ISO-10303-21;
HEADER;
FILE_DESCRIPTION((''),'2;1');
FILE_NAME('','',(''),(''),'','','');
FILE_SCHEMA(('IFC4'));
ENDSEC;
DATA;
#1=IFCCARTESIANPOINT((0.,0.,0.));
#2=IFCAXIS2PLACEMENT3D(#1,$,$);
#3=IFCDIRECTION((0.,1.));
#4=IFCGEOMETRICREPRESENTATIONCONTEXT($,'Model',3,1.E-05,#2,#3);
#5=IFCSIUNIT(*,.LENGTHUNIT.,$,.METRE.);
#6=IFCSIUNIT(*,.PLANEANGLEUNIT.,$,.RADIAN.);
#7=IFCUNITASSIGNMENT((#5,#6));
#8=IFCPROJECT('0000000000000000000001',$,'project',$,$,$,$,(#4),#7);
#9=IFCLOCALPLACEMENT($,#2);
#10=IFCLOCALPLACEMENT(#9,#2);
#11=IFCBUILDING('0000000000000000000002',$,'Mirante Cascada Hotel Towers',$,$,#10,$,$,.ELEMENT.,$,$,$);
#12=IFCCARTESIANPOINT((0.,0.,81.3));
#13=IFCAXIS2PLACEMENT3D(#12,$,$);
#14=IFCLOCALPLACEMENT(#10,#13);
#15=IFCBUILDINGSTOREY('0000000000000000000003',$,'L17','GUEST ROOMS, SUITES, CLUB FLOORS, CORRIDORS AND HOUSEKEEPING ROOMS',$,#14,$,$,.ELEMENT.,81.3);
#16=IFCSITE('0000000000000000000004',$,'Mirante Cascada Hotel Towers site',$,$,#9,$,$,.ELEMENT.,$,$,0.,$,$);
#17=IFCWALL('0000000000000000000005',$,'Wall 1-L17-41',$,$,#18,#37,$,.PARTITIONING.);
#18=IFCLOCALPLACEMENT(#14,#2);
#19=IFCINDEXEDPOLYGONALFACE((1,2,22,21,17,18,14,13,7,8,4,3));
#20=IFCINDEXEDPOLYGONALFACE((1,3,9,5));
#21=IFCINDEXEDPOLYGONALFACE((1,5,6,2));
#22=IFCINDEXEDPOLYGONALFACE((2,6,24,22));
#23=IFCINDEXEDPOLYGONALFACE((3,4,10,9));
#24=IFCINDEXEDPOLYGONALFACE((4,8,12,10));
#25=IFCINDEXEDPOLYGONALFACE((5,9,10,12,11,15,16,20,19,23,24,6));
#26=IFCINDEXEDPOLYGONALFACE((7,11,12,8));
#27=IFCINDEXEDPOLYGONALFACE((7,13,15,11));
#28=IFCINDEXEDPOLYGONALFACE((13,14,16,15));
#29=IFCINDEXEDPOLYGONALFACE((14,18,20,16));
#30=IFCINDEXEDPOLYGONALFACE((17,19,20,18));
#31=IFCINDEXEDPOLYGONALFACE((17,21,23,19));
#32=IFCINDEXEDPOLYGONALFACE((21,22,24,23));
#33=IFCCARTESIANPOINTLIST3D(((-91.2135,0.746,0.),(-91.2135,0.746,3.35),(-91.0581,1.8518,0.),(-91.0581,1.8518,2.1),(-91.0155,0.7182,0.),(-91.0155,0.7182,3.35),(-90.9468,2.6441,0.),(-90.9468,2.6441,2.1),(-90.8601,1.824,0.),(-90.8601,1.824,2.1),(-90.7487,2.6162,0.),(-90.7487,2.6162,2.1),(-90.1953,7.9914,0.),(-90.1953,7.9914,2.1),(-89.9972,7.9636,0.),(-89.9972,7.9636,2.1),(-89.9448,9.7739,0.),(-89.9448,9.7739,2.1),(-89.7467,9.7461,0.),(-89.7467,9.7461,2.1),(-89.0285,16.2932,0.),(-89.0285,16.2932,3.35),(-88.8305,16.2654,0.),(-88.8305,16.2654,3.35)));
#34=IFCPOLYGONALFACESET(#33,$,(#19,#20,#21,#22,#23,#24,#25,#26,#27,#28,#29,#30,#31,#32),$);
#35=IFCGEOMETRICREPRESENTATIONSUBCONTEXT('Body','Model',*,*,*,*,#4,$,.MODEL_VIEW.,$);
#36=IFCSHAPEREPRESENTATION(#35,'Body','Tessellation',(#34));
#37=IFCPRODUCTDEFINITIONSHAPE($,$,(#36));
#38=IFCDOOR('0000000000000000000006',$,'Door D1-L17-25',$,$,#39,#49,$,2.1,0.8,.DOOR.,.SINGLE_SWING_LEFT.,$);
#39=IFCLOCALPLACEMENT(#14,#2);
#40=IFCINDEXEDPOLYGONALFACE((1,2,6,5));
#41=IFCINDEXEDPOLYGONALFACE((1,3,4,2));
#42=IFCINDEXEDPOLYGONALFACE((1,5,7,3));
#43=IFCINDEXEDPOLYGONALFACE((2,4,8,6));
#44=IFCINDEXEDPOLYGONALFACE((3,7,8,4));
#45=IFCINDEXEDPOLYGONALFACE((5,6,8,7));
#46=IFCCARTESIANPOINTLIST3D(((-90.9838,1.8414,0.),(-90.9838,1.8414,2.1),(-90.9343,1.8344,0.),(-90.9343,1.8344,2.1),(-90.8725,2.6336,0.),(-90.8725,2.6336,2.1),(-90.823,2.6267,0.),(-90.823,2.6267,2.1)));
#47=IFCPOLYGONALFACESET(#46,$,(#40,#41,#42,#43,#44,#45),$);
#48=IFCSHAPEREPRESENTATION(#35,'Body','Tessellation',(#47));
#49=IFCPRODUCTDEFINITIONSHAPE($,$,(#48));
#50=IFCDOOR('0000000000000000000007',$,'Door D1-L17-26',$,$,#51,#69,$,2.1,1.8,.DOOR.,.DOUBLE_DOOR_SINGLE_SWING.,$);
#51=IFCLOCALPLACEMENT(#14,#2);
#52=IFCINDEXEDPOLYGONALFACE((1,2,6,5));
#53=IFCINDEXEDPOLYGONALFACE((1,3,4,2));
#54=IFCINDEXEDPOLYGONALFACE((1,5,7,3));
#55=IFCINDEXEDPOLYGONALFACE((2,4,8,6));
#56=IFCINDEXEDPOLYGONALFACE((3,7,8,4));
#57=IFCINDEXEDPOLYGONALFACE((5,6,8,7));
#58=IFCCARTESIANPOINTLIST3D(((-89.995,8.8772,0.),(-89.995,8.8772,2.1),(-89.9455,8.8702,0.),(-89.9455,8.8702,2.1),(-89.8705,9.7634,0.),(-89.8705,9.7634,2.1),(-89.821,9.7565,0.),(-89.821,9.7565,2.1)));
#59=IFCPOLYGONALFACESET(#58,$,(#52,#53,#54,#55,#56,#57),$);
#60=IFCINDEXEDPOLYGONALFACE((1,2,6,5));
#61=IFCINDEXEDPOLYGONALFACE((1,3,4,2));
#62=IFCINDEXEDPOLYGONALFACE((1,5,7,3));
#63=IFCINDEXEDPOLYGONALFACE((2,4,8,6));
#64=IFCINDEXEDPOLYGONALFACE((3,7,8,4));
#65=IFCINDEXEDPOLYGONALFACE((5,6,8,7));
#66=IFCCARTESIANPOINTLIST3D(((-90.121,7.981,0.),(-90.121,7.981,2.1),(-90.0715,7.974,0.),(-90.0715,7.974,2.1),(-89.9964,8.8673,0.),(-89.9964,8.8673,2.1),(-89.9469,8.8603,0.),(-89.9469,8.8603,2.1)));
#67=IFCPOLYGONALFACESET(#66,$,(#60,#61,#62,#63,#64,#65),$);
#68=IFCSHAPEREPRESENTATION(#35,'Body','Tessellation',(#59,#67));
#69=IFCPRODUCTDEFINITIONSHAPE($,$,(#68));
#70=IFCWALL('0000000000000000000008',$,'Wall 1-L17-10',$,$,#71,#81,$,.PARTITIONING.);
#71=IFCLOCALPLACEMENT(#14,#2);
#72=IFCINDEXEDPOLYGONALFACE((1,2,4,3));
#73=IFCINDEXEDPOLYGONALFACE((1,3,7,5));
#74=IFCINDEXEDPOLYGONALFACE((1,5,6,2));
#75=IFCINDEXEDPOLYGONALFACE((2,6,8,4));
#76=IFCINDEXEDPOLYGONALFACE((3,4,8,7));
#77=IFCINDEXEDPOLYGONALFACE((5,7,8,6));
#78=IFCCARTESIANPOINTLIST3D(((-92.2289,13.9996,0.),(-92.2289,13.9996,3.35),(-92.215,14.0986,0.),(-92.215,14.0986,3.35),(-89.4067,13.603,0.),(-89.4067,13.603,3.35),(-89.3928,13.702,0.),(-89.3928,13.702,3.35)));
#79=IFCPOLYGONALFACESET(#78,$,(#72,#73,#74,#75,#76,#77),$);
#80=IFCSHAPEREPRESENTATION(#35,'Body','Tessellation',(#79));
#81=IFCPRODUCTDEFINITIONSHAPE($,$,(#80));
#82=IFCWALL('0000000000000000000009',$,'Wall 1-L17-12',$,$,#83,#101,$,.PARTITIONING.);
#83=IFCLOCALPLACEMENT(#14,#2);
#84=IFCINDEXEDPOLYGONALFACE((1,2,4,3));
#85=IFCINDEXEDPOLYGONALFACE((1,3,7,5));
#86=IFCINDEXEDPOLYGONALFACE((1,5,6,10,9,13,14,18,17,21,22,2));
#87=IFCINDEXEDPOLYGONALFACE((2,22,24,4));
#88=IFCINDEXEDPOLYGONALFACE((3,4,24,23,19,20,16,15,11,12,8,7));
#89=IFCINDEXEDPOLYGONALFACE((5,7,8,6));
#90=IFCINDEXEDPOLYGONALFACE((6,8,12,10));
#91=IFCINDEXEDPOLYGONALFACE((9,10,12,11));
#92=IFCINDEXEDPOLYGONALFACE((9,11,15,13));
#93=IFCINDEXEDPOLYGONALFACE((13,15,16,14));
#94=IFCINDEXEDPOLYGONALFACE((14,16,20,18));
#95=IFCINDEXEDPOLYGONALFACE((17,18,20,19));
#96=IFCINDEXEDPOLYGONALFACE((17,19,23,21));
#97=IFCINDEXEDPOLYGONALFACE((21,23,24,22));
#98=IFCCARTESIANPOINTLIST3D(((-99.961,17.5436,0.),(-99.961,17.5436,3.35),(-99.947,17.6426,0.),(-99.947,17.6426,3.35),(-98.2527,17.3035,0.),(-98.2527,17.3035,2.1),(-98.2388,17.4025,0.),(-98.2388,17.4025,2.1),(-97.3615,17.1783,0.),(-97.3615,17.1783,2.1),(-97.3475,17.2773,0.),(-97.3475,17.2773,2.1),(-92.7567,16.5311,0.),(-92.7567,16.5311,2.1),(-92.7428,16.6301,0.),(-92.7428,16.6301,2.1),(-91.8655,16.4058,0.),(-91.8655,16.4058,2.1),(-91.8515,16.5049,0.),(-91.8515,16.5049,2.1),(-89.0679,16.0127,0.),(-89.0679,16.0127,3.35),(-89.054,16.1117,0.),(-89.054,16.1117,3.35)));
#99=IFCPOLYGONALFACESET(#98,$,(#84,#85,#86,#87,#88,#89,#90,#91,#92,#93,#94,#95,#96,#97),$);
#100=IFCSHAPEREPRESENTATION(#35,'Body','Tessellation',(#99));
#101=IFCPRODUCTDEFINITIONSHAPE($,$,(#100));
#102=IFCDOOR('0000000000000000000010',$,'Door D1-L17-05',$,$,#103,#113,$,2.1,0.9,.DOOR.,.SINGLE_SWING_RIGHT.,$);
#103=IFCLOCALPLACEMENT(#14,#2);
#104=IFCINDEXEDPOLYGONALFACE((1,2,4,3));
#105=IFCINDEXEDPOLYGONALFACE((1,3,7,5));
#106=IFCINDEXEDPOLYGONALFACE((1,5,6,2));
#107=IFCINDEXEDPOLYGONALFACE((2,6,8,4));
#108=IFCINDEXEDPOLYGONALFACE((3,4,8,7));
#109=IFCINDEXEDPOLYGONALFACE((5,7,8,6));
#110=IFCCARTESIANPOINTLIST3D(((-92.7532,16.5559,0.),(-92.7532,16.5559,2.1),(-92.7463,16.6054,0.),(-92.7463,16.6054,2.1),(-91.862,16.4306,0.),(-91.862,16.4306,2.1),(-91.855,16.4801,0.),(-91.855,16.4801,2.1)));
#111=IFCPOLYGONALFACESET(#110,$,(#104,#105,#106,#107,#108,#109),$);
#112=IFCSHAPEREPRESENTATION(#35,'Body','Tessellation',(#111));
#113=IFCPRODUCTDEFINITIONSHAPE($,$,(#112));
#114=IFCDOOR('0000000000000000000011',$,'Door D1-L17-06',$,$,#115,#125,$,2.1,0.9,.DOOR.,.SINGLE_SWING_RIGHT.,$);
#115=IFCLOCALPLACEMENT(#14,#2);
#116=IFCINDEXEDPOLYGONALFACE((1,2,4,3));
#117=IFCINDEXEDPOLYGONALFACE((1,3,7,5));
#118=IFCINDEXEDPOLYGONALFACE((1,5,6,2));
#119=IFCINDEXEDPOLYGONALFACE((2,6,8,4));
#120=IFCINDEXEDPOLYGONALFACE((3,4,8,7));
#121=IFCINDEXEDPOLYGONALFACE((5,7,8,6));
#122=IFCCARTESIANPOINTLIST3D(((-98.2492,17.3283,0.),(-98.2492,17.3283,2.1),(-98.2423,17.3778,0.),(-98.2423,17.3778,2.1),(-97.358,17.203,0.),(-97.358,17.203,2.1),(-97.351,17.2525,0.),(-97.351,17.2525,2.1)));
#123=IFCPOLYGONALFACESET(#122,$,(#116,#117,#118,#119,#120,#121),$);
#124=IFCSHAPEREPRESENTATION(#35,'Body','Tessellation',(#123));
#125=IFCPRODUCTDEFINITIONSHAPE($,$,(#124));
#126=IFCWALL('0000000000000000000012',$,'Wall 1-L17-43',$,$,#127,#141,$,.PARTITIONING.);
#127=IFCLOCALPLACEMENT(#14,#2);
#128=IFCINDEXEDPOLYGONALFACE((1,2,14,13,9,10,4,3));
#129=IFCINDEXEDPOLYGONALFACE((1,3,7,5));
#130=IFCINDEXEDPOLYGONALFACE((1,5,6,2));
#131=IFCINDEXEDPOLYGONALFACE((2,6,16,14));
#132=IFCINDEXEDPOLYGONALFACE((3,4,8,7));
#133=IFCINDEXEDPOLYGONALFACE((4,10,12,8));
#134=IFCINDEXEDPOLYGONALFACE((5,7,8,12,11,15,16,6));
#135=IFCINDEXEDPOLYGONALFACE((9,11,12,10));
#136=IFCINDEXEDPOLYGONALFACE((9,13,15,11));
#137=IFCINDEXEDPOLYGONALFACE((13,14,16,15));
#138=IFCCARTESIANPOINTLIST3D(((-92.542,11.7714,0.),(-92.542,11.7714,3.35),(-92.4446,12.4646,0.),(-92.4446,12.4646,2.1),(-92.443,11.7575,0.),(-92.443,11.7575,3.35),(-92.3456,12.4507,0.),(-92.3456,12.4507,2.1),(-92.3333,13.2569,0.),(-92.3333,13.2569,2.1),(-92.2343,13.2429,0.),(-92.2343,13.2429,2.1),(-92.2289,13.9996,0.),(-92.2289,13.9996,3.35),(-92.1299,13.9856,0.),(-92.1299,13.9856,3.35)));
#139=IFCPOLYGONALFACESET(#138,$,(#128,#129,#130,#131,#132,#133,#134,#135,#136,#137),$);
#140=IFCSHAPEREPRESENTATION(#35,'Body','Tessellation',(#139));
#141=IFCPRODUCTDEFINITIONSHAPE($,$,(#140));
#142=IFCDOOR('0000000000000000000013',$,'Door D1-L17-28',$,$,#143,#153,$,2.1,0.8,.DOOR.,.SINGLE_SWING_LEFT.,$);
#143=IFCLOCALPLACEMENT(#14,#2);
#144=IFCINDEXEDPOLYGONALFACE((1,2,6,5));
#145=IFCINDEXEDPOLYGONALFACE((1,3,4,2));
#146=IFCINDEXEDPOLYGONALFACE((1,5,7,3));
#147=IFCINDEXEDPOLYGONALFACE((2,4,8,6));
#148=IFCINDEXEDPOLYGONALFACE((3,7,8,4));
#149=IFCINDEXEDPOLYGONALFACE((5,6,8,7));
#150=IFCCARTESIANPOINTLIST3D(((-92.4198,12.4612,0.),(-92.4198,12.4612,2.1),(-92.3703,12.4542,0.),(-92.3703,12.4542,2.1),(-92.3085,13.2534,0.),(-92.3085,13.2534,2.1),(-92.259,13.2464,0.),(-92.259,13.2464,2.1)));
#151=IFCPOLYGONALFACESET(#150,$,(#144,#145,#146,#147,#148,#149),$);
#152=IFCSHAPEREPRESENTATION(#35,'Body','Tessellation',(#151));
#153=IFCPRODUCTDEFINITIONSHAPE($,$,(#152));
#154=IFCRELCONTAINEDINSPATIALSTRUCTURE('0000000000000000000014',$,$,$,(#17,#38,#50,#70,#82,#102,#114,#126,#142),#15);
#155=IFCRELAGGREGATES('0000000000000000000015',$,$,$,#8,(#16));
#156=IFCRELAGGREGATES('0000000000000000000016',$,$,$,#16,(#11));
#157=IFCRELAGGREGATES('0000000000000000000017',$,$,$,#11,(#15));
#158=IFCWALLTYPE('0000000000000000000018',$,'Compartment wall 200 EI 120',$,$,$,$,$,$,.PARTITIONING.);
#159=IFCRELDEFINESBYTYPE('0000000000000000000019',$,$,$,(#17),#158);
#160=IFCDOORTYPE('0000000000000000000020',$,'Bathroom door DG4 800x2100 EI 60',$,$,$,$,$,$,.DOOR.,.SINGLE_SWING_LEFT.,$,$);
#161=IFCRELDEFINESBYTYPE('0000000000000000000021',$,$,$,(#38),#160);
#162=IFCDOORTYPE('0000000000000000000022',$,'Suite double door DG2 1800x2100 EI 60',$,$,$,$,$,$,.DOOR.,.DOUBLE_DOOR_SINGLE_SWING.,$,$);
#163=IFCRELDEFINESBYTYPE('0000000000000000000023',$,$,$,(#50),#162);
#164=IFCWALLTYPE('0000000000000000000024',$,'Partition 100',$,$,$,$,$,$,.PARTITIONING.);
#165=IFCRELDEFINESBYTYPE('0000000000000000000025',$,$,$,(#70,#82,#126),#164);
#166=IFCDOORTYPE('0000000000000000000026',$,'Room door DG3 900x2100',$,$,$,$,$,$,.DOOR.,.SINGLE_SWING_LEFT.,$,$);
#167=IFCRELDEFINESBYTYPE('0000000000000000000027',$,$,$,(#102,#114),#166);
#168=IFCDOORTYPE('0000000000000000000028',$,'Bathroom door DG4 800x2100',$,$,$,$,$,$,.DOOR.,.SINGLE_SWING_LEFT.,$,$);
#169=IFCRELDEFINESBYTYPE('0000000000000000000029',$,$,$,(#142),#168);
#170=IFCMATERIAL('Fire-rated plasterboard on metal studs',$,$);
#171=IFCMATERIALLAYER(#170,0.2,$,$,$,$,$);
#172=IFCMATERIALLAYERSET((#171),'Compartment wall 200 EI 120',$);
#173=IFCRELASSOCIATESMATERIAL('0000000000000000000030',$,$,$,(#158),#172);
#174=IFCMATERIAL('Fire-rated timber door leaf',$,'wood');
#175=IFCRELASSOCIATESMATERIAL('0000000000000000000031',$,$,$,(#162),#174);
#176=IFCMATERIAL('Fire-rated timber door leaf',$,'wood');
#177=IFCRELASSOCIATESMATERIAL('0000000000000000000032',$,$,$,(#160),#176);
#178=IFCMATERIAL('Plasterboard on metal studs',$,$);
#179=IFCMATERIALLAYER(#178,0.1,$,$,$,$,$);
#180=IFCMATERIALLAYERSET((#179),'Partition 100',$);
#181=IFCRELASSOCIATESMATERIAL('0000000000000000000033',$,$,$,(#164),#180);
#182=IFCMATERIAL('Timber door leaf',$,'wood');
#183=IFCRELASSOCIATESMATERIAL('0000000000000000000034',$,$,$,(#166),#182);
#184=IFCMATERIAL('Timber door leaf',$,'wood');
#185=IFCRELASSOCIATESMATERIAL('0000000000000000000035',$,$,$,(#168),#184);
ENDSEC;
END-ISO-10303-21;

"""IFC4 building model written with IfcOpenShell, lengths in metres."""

from ifc_helpers import new_model, si_unit, direction, frame, frame_2d, origin, place, context, subcontext, project, spatial, rectangle, extrude, material, layer, layer_set, type_object, element, fill, save


model = new_model("IFC4")

# Units and contexts
model_context = context("Model", 3, precision=1e-05, world=origin(), true_north=direction((0.0, 1.0)))
body_context = subcontext(model_context, "Body", "Model", "MODEL_VIEW")
ifc_project = project(units=[si_unit("LENGTHUNIT", "METRE"), si_unit("PLANEANGLEUNIT", "RADIAN")], contexts=[model_context])

# Site, building, storey
site_placement = place(None, origin())
site = spatial("IfcSite", under=ifc_project, at=site_placement, Name="Mirante Cascada Hotel Towers site", CompositionType="ELEMENT", RefElevation=0.0)
building_placement = place(site_placement, origin())
building = spatial("IfcBuilding", under=site, at=building_placement, Name="Mirante Cascada Hotel Towers", CompositionType="ELEMENT")
storey_placement = place(building_placement, frame((0.0, 0.0, 81.3)))
storey = spatial("IfcBuildingStorey", under=building, at=storey_placement, Name="L17", Description="GUEST ROOMS, SUITES, CLUB FLOORS, CORRIDORS AND HOUSEKEEPING ROOMS", CompositionType="ELEMENT", Elevation=81.3)

# Wall, openings, doors
ifc_material_1 = material(Name="Fire-rated plasterboard on metal studs")
ifc_layer_1 = layer(ifc_material_1, 0.2)
ifc_layer_set_1 = layer_set([ifc_layer_1], Name="Compartment wall 200 EI 120")
wall_type_1 = type_object("IfcWallType", Name="Compartment wall 200 EI 120", PredefinedType="PARTITIONING", material=ifc_layer_set_1)
ifc_material_2 = material(Name="Fire-rated timber door leaf", Category="wood")
door_type_1 = type_object("IfcDoorType", Name="Suite double door DG2 1800x2100 EI 60", OperationType="DOUBLE_DOOR_SINGLE_SWING", PredefinedType="DOOR", material=ifc_material_2)
wall_1_placement = place(storey_placement, frame((-88.9295, 16.2793, 0.0), z_axis=(0.0, 0.0, 1.0), x_axis=(-0.139172, -0.990268, 0.0)))
wall_1 = element("IfcWall", 1, at=wall_1_placement, inside=storey, type_object=wall_type_1, Name="Wall 1-L17-41", PredefinedType="PARTITIONING", context=body_context, shape_type="SweptSolid", body=[
    extrude(rectangle(XDim=15.7, YDim=0.2, at=frame_2d((7.85, 0.0))), origin(), (0.0, 0.0, 1.0), 3.35),
])
opening_1_placement = place(wall_1_placement, frame((13.7833, 0.0, 0.0)))
opening_1 = element("IfcOpeningElement", 2, at=opening_1_placement, cuts=wall_1, PredefinedType="OPENING", context=body_context, shape_type="SweptSolid", body=[
    extrude(rectangle(XDim=0.8, YDim=2.1, at=frame_2d((0.4, 1.05))), frame((0.0, 0.1, 0.0), z_axis=(0.0, -1.0, 0.0), x_axis=(1.0, 0.0, 0.0)), (0.0, 0.0, 1.0), 0.2),
])
opening_2_placement = place(wall_1_placement, frame((6.5834, 0.0, 0.0)))
opening_2 = element("IfcOpeningElement", 3, at=opening_2_placement, cuts=wall_1, PredefinedType="OPENING", context=body_context, shape_type="SweptSolid", body=[
    extrude(rectangle(XDim=1.8, YDim=2.1, at=frame_2d((0.9, 1.05))), frame((0.0, 0.1, 0.0), z_axis=(0.0, -1.0, 0.0), x_axis=(1.0, 0.0, 0.0)), (0.0, 0.0, 1.0), 0.2),
])
ifc_material_3 = material(Name="Fire-rated timber door leaf", Category="wood")
door_type_2 = type_object("IfcDoorType", Name="Bathroom door DG4 800x2100 EI 60", OperationType="SINGLE_SWING_LEFT", PredefinedType="DOOR", material=ifc_material_3)
door_1_placement = place(opening_1_placement, origin())
door_1 = element("IfcDoor", 4, at=door_1_placement, inside=storey, type_object=door_type_2, Name="Door D1-L17-25", OperationType="SINGLE_SWING_LEFT", OverallHeight=2.1, OverallWidth=0.8, PredefinedType="DOOR", context=body_context, shape_type="SweptSolid", body=[
    extrude(rectangle(XDim=0.8, YDim=2.1, at=frame_2d((0.4, 1.05))), frame((0.0, 0.025, 0.0), z_axis=(0.0, -1.0, 0.0), x_axis=(1.0, 0.0, 0.0)), (0.0, 0.0, 1.0), 0.05),
])
fill(opening_1, door_1)
door_2_placement = place(opening_2_placement, origin())
door_2 = element("IfcDoor", 5, at=door_2_placement, inside=storey, type_object=door_type_1, Name="Door D1-L17-26", OperationType="DOUBLE_DOOR_SINGLE_SWING", OverallHeight=2.1, OverallWidth=1.8, PredefinedType="DOOR", context=body_context, shape_type="SweptSolid", body=[
    extrude(rectangle(XDim=0.895, YDim=2.1, at=frame_2d((0.4475, 1.05))), frame((0.0, 0.025, 0.0), z_axis=(0.0, -1.0, 0.0), x_axis=(1.0, 0.0, 0.0)), (0.0, 0.0, 1.0), 0.05),
    extrude(rectangle(XDim=0.895, YDim=2.1, at=frame_2d((1.3525, 1.05))), frame((0.0, 0.025, 0.0), z_axis=(0.0, -1.0, 0.0), x_axis=(1.0, 0.0, 0.0)), (0.0, 0.0, 1.0), 0.05),
])
fill(opening_2, door_2)

# Wall
ifc_material_4 = material(Name="Plasterboard on metal studs")
ifc_layer_2 = layer(ifc_material_4, 0.1)
ifc_layer_set_2 = layer_set([ifc_layer_2], Name="Partition 100")
wall_type_2 = type_object("IfcWallType", Name="Partition 100", PredefinedType="PARTITIONING", material=ifc_layer_set_2)
wall_2_placement = place(storey_placement, frame((-89.3997, 13.6525, 0.0), z_axis=(0.0, 0.0, 1.0), x_axis=(-0.99027, 0.139161, 0.0)))
element("IfcWall", 6, at=wall_2_placement, inside=storey, type_object=wall_type_2, Name="Wall 1-L17-10", PredefinedType="PARTITIONING", context=body_context, shape_type="SweptSolid", body=[
    extrude(rectangle(XDim=2.8499, YDim=0.1, at=frame_2d((1.425, 0.0))), origin(), (0.0, 0.0, 1.0), 3.35),
])

# Wall, openings, doors
wall_3_placement = place(storey_placement, frame((-89.061, 16.0622, 0.0), z_axis=(0.0, 0.0, 1.0), x_axis=(-0.990268, 0.139172, 0.0)))
wall_3 = element("IfcWall", 7, at=wall_3_placement, inside=storey, type_object=wall_type_2, Name="Wall 1-L17-12", PredefinedType="PARTITIONING", context=body_context, shape_type="SweptSolid", body=[
    extrude(rectangle(XDim=11.0001, YDim=0.1, at=frame_2d((5.5, 0.0))), origin(), (0.0, 0.0, 1.0), 3.35),
])
opening_3_placement = place(wall_3_placement, frame((2.825, 0.0, 0.0)))
opening_3 = element("IfcOpeningElement", 8, at=opening_3_placement, cuts=wall_3, PredefinedType="OPENING", context=body_context, shape_type="SweptSolid", body=[
    extrude(rectangle(XDim=0.9, YDim=2.1, at=frame_2d((0.45, 1.05))), frame((0.0, 0.05, 0.0), z_axis=(0.0, -1.0, 0.0), x_axis=(1.0, 0.0, 0.0)), (0.0, 0.0, 1.0), 0.1),
])
opening_4_placement = place(wall_3_placement, frame((8.375, 0.0, 0.0)))
opening_4 = element("IfcOpeningElement", 9, at=opening_4_placement, cuts=wall_3, PredefinedType="OPENING", context=body_context, shape_type="SweptSolid", body=[
    extrude(rectangle(XDim=0.9, YDim=2.1, at=frame_2d((0.45, 1.05))), frame((0.0, 0.05, 0.0), z_axis=(0.0, -1.0, 0.0), x_axis=(1.0, 0.0, 0.0)), (0.0, 0.0, 1.0), 0.1),
])
ifc_material_5 = material(Name="Timber door leaf", Category="wood")
door_type_3 = type_object("IfcDoorType", Name="Room door DG3 900x2100", OperationType="SINGLE_SWING_LEFT", PredefinedType="DOOR", material=ifc_material_5)
door_3_placement = place(opening_3_placement, frame((0.9, 0.0, 0.0), z_axis=(0.0, 0.0, 1.0), x_axis=(-1.0, 0.0, 0.0)))
door_3 = element("IfcDoor", 10, at=door_3_placement, inside=storey, type_object=door_type_3, Name="Door D1-L17-05", OperationType="SINGLE_SWING_RIGHT", OverallHeight=2.1, OverallWidth=0.9, PredefinedType="DOOR", context=body_context, shape_type="SweptSolid", body=[
    extrude(rectangle(XDim=0.9, YDim=2.1, at=frame_2d((0.45, 1.05))), frame((0.0, 0.025, 0.0), z_axis=(0.0, -1.0, 0.0), x_axis=(1.0, 0.0, 0.0)), (0.0, 0.0, 1.0), 0.05),
])
fill(opening_3, door_3)
door_4_placement = place(opening_4_placement, frame((0.9, 0.0, 0.0), z_axis=(0.0, 0.0, 1.0), x_axis=(-1.0, 0.0, 0.0)))
door_4 = element("IfcDoor", 11, at=door_4_placement, inside=storey, type_object=door_type_3, Name="Door D1-L17-06", OperationType="SINGLE_SWING_RIGHT", OverallHeight=2.1, OverallWidth=0.9, PredefinedType="DOOR", context=body_context, shape_type="SweptSolid", body=[
    extrude(rectangle(XDim=0.9, YDim=2.1, at=frame_2d((0.45, 1.05))), frame((0.0, 0.025, 0.0), z_axis=(0.0, -1.0, 0.0), x_axis=(1.0, 0.0, 0.0)), (0.0, 0.0, 1.0), 0.05),
])
fill(opening_4, door_4)

# Wall, opening, door
wall_4_placement = place(storey_placement, frame((-92.1794, 13.9926, 0.0), z_axis=(0.0, 0.0, 1.0), x_axis=(-0.139156, -0.990271, 0.0)))
wall_4 = element("IfcWall", 12, at=wall_4_placement, inside=storey, type_object=wall_type_2, Name="Wall 1-L17-43", PredefinedType="PARTITIONING", context=body_context, shape_type="SweptSolid", body=[
    extrude(rectangle(XDim=2.25, YDim=0.1, at=frame_2d((1.125, 0.0))), origin(), (0.0, 0.0, 1.0), 3.35),
])
opening_5_placement = place(wall_4_placement, frame((0.75, 0.0, 0.0)))
opening_5 = element("IfcOpeningElement", 13, at=opening_5_placement, cuts=wall_4, PredefinedType="OPENING", context=body_context, shape_type="SweptSolid", body=[
    extrude(rectangle(XDim=0.8, YDim=2.1, at=frame_2d((0.4, 1.05))), frame((0.0, 0.05, 0.0), z_axis=(0.0, -1.0, 0.0), x_axis=(1.0, 0.0, 0.0)), (0.0, 0.0, 1.0), 0.1),
])
ifc_material_6 = material(Name="Timber door leaf", Category="wood")
door_type_4 = type_object("IfcDoorType", Name="Bathroom door DG4 800x2100", OperationType="SINGLE_SWING_LEFT", PredefinedType="DOOR", material=ifc_material_6)
door_5_placement = place(opening_5_placement, origin())
door_5 = element("IfcDoor", 14, at=door_5_placement, inside=storey, type_object=door_type_4, Name="Door D1-L17-28", OperationType="SINGLE_SWING_LEFT", OverallHeight=2.1, OverallWidth=0.8, PredefinedType="DOOR", context=body_context, shape_type="SweptSolid", body=[
    extrude(rectangle(XDim=0.8, YDim=2.1, at=frame_2d((0.4, 1.05))), frame((0.0, 0.025, 0.0), z_axis=(0.0, -1.0, 0.0), x_axis=(1.0, 0.0, 0.0)), (0.0, 0.0, 1.0), 0.05),
])
fill(opening_5, door_5)

save(model, "model.ifc")
